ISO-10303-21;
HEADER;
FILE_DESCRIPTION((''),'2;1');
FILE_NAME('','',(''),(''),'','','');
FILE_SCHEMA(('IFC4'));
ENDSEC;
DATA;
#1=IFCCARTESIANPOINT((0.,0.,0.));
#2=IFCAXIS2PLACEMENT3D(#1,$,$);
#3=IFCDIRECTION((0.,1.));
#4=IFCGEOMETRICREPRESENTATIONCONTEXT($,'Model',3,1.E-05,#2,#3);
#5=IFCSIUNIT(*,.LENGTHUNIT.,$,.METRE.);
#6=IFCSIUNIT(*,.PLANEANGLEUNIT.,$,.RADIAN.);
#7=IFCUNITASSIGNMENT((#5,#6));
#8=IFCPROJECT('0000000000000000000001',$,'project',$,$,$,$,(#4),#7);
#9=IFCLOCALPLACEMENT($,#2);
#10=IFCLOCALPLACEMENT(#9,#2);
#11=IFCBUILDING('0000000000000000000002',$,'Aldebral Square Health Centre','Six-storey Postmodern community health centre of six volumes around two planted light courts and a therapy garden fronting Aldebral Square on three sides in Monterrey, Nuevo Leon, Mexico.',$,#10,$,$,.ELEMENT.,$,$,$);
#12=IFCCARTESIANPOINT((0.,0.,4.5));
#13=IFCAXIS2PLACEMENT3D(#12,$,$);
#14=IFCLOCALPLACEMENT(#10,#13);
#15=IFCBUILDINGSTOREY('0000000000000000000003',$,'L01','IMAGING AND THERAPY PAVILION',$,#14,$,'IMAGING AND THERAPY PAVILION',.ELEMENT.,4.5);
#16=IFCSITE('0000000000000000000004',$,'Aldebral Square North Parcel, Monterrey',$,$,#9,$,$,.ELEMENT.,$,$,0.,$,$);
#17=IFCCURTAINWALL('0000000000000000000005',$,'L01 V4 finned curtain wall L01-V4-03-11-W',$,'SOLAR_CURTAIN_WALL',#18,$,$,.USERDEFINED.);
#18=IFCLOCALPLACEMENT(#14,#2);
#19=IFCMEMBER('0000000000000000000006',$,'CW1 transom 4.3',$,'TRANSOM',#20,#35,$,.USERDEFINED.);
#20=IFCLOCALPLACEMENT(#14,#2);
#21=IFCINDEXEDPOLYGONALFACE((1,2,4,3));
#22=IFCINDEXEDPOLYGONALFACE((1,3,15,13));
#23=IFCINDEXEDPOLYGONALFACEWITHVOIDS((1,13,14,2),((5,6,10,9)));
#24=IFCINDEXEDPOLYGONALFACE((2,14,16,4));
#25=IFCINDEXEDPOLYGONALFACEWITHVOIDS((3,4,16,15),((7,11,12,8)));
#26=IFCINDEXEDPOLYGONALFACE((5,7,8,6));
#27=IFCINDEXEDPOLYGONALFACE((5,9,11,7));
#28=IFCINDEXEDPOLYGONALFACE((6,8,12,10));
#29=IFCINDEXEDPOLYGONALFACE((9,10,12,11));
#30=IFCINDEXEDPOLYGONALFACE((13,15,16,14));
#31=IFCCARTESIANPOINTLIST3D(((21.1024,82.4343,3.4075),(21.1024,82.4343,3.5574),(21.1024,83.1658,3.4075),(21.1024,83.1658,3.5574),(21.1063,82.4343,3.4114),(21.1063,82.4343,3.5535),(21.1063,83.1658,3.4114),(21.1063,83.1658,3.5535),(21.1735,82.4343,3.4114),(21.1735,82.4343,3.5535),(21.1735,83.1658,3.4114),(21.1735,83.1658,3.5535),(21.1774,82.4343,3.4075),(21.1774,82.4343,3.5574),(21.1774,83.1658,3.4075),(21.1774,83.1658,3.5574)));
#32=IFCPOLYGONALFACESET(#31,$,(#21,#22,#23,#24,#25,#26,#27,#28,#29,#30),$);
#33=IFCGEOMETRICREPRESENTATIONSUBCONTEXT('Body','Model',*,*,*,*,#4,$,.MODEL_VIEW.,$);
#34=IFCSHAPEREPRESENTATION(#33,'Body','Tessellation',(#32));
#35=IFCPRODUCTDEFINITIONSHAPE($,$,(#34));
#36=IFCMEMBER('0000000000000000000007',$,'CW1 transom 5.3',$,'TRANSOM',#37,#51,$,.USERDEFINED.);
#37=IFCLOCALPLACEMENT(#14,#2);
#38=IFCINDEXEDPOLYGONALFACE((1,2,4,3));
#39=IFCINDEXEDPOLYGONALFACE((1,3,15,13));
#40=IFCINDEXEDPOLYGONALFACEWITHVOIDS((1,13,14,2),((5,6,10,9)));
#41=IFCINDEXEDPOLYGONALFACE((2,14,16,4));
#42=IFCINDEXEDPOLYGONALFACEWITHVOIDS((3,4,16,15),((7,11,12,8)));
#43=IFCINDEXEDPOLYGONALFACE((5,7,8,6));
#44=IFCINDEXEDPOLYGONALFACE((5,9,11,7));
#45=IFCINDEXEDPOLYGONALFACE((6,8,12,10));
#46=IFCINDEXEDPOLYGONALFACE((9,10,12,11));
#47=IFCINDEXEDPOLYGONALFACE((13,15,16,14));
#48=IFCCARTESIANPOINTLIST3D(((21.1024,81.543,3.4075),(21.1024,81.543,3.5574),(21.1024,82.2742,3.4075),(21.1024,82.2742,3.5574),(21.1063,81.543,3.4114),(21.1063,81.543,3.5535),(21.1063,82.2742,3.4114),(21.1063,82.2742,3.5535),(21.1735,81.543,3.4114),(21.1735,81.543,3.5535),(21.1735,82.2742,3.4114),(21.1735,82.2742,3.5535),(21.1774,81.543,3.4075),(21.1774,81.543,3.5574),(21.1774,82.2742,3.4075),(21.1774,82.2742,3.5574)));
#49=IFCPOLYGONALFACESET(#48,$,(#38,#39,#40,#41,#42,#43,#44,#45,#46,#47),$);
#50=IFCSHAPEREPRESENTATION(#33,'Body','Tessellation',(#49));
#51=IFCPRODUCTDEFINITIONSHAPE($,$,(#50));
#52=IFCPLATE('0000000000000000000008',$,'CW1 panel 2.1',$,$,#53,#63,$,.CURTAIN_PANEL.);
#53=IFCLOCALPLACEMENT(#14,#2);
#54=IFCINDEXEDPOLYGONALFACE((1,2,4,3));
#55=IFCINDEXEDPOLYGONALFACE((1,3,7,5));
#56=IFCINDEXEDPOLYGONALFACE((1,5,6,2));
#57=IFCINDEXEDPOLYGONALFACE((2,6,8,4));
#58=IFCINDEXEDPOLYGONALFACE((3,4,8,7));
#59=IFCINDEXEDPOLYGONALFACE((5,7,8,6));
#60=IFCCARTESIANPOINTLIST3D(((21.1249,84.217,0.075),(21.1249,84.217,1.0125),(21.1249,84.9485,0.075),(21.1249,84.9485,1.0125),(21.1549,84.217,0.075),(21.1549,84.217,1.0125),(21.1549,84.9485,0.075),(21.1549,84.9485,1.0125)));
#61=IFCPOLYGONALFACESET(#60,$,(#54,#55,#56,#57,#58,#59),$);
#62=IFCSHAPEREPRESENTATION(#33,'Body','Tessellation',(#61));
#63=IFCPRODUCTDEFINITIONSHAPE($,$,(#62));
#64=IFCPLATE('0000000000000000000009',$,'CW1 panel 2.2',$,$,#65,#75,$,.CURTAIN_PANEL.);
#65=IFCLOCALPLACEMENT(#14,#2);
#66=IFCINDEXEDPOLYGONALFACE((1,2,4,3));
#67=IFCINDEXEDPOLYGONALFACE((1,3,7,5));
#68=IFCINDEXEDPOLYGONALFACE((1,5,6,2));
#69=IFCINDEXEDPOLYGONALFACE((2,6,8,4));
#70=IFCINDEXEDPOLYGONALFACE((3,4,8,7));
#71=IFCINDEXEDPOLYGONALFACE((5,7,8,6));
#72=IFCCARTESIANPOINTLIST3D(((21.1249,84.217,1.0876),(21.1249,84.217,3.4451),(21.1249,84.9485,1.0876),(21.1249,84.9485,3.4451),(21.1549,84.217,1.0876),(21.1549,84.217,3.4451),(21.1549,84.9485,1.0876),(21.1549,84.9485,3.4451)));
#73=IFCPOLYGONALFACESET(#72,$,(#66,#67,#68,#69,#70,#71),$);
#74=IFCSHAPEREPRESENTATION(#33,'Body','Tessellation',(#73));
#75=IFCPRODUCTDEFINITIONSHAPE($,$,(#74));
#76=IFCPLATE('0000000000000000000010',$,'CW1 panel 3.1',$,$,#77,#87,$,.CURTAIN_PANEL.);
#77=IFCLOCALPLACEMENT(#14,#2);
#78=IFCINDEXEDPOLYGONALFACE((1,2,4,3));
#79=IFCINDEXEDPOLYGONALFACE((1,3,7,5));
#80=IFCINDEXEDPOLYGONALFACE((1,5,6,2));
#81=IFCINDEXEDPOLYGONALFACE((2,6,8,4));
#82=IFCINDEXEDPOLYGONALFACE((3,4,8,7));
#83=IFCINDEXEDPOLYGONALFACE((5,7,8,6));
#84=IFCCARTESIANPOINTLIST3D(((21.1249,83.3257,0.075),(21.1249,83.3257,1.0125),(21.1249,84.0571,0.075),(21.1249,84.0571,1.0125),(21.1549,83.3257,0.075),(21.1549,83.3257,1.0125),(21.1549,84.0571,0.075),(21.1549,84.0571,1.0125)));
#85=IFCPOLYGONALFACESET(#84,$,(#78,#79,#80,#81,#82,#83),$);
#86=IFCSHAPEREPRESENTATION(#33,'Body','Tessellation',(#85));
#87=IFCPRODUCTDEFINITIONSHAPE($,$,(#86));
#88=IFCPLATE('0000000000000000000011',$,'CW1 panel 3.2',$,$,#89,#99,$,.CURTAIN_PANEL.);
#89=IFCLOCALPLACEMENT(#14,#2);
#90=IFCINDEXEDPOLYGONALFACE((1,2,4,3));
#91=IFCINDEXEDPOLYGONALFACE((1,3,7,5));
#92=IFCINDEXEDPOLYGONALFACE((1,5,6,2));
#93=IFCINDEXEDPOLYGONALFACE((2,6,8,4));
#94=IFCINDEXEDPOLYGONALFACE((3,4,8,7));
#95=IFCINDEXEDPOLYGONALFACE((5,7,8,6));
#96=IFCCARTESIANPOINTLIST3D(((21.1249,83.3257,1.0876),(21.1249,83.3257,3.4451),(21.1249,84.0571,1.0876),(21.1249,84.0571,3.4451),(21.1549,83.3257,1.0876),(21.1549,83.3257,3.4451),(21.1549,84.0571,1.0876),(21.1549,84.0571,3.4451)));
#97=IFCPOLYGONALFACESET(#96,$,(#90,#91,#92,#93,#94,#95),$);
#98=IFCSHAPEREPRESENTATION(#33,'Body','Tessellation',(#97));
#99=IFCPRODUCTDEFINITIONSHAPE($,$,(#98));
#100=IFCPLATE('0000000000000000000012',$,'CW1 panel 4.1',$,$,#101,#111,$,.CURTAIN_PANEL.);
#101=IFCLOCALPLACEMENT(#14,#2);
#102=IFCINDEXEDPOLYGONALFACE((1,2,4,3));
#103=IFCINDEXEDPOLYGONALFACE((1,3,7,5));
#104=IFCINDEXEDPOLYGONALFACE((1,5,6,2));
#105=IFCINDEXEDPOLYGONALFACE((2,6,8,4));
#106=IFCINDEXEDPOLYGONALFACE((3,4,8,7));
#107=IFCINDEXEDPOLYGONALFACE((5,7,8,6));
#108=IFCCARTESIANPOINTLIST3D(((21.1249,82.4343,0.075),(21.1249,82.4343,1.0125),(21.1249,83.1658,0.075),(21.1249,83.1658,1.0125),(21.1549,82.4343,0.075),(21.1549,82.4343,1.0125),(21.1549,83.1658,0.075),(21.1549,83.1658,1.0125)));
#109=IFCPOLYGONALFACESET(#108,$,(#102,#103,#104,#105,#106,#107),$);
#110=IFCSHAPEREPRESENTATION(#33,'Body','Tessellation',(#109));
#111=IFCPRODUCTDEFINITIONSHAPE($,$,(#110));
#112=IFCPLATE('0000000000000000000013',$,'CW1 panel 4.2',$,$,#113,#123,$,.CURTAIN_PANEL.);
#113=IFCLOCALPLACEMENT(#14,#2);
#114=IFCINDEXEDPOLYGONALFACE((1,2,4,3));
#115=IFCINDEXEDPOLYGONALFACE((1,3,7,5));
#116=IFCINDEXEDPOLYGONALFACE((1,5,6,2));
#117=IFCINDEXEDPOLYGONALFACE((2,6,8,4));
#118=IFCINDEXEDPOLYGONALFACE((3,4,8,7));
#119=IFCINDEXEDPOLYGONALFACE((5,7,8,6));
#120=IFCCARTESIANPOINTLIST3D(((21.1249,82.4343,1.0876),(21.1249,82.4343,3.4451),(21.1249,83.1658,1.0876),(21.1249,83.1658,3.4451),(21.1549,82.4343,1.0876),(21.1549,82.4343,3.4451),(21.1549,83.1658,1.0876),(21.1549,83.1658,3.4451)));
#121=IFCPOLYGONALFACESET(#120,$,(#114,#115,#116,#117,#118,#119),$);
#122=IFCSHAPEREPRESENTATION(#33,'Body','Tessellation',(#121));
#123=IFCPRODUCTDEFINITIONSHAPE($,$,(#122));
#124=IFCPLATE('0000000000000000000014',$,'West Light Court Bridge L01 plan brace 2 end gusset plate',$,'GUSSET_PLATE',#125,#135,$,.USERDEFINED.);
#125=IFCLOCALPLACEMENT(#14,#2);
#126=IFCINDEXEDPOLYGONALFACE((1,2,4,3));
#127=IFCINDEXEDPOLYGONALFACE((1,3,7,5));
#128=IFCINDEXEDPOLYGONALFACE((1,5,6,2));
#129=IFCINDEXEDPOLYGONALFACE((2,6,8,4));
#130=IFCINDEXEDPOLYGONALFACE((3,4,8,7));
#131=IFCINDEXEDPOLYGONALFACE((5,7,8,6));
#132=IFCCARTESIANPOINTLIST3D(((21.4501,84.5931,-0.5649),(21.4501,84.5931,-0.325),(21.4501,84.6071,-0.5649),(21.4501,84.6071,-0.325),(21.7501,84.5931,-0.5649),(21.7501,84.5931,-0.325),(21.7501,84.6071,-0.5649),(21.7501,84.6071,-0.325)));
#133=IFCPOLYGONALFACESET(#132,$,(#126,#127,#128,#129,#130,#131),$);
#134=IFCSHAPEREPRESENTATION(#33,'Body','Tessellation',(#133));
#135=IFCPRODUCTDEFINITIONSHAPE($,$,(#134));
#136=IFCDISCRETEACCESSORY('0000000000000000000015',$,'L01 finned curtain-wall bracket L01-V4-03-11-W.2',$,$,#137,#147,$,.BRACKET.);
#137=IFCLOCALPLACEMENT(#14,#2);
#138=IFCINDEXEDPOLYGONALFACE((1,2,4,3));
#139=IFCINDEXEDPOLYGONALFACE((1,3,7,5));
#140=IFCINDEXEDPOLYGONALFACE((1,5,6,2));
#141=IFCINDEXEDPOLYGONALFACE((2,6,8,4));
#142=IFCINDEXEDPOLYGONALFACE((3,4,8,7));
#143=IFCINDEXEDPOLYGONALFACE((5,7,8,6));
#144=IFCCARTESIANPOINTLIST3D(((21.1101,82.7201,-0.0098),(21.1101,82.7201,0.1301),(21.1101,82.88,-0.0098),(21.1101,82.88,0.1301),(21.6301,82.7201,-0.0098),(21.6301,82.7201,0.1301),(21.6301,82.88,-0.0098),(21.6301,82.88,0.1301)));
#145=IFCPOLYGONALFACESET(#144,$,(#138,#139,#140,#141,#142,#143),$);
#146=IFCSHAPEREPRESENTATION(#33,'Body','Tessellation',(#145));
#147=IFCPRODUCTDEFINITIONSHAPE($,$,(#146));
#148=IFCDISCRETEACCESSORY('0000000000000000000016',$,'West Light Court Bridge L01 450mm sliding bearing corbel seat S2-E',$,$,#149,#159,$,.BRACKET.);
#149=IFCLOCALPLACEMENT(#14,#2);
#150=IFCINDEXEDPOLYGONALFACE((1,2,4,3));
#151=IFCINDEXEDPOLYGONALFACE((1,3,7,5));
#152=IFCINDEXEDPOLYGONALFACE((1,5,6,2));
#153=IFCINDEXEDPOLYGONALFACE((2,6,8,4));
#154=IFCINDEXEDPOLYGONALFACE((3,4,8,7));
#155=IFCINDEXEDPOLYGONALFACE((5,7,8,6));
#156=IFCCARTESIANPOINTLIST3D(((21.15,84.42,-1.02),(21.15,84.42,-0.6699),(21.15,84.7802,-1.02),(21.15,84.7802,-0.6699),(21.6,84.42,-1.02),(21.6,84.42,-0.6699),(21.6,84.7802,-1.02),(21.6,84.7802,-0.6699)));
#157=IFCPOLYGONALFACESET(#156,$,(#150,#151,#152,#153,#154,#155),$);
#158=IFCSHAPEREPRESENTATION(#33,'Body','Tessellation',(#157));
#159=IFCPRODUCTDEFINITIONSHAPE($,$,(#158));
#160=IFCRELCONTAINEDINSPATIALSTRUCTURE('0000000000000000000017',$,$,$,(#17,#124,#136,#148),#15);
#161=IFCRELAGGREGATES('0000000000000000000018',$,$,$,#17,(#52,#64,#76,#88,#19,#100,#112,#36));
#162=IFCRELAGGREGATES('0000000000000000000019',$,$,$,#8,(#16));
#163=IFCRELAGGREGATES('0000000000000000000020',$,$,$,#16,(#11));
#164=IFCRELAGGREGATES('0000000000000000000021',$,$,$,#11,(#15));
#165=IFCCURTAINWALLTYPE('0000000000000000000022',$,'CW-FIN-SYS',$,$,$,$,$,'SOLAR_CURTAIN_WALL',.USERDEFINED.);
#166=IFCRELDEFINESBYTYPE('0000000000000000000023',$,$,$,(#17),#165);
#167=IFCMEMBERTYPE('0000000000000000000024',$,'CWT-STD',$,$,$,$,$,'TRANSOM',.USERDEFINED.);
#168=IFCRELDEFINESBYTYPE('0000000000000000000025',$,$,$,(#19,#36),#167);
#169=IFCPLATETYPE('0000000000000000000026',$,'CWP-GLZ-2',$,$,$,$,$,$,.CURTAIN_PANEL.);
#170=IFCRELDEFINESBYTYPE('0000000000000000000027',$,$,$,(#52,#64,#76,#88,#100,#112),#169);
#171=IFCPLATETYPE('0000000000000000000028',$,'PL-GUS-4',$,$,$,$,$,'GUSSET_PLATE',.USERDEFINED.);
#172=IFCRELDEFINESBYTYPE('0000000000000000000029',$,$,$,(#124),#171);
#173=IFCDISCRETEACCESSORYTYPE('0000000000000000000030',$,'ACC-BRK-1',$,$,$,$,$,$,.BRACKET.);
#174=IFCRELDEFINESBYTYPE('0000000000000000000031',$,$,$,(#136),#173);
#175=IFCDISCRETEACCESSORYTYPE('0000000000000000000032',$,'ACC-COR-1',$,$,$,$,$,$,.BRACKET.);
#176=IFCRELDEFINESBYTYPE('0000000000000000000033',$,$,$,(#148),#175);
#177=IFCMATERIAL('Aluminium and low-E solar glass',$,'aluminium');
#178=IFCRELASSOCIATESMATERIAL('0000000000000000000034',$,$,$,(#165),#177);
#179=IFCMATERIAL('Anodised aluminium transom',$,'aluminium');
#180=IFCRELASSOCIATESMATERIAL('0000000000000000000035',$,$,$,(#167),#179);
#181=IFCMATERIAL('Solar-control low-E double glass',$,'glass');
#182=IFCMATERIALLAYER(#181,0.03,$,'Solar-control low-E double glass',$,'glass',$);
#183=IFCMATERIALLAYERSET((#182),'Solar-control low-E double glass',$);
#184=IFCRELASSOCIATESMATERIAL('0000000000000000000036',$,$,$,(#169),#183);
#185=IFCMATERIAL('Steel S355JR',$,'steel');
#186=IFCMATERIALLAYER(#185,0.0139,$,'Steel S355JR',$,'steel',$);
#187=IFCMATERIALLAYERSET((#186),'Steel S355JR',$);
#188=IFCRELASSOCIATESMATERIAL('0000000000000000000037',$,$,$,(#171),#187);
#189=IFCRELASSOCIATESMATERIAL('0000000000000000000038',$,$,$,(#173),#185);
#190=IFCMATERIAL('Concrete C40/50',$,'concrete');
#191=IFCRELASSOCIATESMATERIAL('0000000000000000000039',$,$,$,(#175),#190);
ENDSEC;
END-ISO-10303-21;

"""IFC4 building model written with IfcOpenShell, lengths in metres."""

from ifc_helpers import new_model, si_unit, direction, frame, origin, origin_2d, place, context, subcontext, project, spatial, rectangle, hollow_rectangle, extrude, material, layer, layer_set, material_profile, profile_set, type_object, element, aggregate, save


model = new_model("IFC4")

# Units and contexts
model_context = context("Model", 3, precision=1e-05, world=origin(), true_north=direction((0.0, 1.0)))
body_context = subcontext(model_context, "Body", "Model", "MODEL_VIEW")
ifc_project = project(units=[si_unit("LENGTHUNIT", "METRE"), si_unit("PLANEANGLEUNIT", "RADIAN")], contexts=[model_context])

# Site, building, storey
site_placement = place(None, origin())
site = spatial("IfcSite", under=ifc_project, at=site_placement, Name="Aldebral Square North Parcel, Monterrey", CompositionType="ELEMENT", RefElevation=0.0)
building_placement = place(site_placement, origin())
building = spatial("IfcBuilding", under=site, at=building_placement, Name="Aldebral Square Health Centre", Description="Six-storey Postmodern community health centre of six volumes around two planted light courts and a therapy garden fronting Aldebral Square on three sides in Monterrey, Nuevo Leon, Mexico.", CompositionType="ELEMENT")
storey_placement = place(building_placement, frame((0.0, 0.0, 4.5)))
storey = spatial("IfcBuildingStorey", under=building, at=storey_placement, Name="L01", Description="IMAGING AND THERAPY PAVILION", LongName="IMAGING AND THERAPY PAVILION", CompositionType="ELEMENT", Elevation=4.5)

# Curtain wall, members, plates
ifc_material_1 = material(Name="Aluminium and low-E solar glass", Category="aluminium")
curtain_wall_type = type_object("IfcCurtainWallType", Name="CW-FIN-SYS", ElementType="SOLAR_CURTAIN_WALL", PredefinedType="USERDEFINED", material=ifc_material_1)
curtain_wall_placement = place(storey_placement, origin())
curtain_wall = element("IfcCurtainWall", 1, at=curtain_wall_placement, inside=storey, type_object=curtain_wall_type, Name="L01 V4 finned curtain wall L01-V4-03-11-W", ObjectType="SOLAR_CURTAIN_WALL", PredefinedType="USERDEFINED")
ifc_material_2 = material(Name="Anodised aluminium transom", Category="aluminium")
ifc_material_profile_1 = material_profile(ifc_material_2, hollow_rectangle(XDim=0.075, YDim=0.1499, WallThickness=0.0039, at=origin_2d()), Name="CWT 75x150x4")
ifc_profile_set_1 = profile_set([ifc_material_profile_1], Name="Anodised aluminium transom")
member_type_1 = type_object("IfcMemberType", Name="CWT-STD", ElementType="TRANSOM", PredefinedType="USERDEFINED", material=ifc_profile_set_1)
member_1_placement = place(storey_placement, frame((21.1399, 83.1658, 3.4824), z_axis=(0.0, -1.0, 0.0), x_axis=(1.0, 0.0, 0.0)))
member_1 = element("IfcMember", 2, at=member_1_placement, type_object=member_type_1, Name="CW1 transom 4.3", ObjectType="TRANSOM", PredefinedType="USERDEFINED", context=body_context, shape_type="SweptSolid", body=[
    extrude(hollow_rectangle(XDim=0.075, YDim=0.1499, WallThickness=0.0039, at=origin_2d()), origin(), (0.0, 0.0, 1.0), 0.7314),
])
member_2_placement = place(storey_placement, frame((21.1399, 82.2742, 3.4824), z_axis=(0.0, -1.0, 0.0), x_axis=(1.0, 0.0, 0.0)))
member_2 = element("IfcMember", 3, at=member_2_placement, type_object=member_type_1, Name="CW1 transom 5.3", ObjectType="TRANSOM", PredefinedType="USERDEFINED", context=body_context, shape_type="SweptSolid", body=[
    extrude(hollow_rectangle(XDim=0.075, YDim=0.1499, WallThickness=0.0039, at=origin_2d()), origin(), (0.0, 0.0, 1.0), 0.7312),
])
ifc_material_3 = material(Name="Solar-control low-E double glass", Category="glass")
ifc_layer_1 = layer(ifc_material_3, 0.03, Name="Solar-control low-E double glass", Category="glass")
ifc_layer_set_1 = layer_set([ifc_layer_1], Name="Solar-control low-E double glass")
plate_type_1 = type_object("IfcPlateType", Name="CWP-GLZ-2", PredefinedType="CURTAIN_PANEL", material=ifc_layer_set_1)
plate_1_placement = place(storey_placement, frame((21.1399, 84.5828, 0.075), z_axis=(0.0, 0.0, 1.0), x_axis=(0.0, -1.0, 0.0)))
plate_1 = element("IfcPlate", 4, at=plate_1_placement, type_object=plate_type_1, Name="CW1 panel 2.1", PredefinedType="CURTAIN_PANEL", context=body_context, shape_type="SweptSolid", body=[
    extrude(rectangle(XDim=0.7314, YDim=0.03, at=origin_2d()), origin(), (0.0, 0.0, 1.0), 0.9375),
])
plate_2_placement = place(storey_placement, frame((21.1399, 84.5828, 1.0876), z_axis=(0.0, 0.0, 1.0), x_axis=(0.0, -1.0, 0.0)))
plate_2 = element("IfcPlate", 5, at=plate_2_placement, type_object=plate_type_1, Name="CW1 panel 2.2", PredefinedType="CURTAIN_PANEL", context=body_context, shape_type="SweptSolid", body=[
    extrude(rectangle(XDim=0.7314, YDim=0.03, at=origin_2d()), origin(), (0.0, 0.0, 1.0), 2.3574),
])
plate_3_placement = place(storey_placement, frame((21.1399, 83.6914, 0.075), z_axis=(0.0, 0.0, 1.0), x_axis=(0.0, -1.0, 0.0)))
plate_3 = element("IfcPlate", 6, at=plate_3_placement, type_object=plate_type_1, Name="CW1 panel 3.1", PredefinedType="CURTAIN_PANEL", context=body_context, shape_type="SweptSolid", body=[
    extrude(rectangle(XDim=0.7314, YDim=0.03, at=origin_2d()), origin(), (0.0, 0.0, 1.0), 0.9375),
])
plate_4_placement = place(storey_placement, frame((21.1399, 83.6914, 1.0876), z_axis=(0.0, 0.0, 1.0), x_axis=(0.0, -1.0, 0.0)))
plate_4 = element("IfcPlate", 7, at=plate_4_placement, type_object=plate_type_1, Name="CW1 panel 3.2", PredefinedType="CURTAIN_PANEL", context=body_context, shape_type="SweptSolid", body=[
    extrude(rectangle(XDim=0.7314, YDim=0.03, at=origin_2d()), origin(), (0.0, 0.0, 1.0), 2.3574),
])
plate_5_placement = place(storey_placement, frame((21.1399, 82.8, 0.075), z_axis=(0.0, 0.0, 1.0), x_axis=(0.0, -1.0, 0.0)))
plate_5 = element("IfcPlate", 8, at=plate_5_placement, type_object=plate_type_1, Name="CW1 panel 4.1", PredefinedType="CURTAIN_PANEL", context=body_context, shape_type="SweptSolid", body=[
    extrude(rectangle(XDim=0.7314, YDim=0.03, at=origin_2d()), origin(), (0.0, 0.0, 1.0), 0.9375),
])
plate_6_placement = place(storey_placement, frame((21.1399, 82.8, 1.0876), z_axis=(0.0, 0.0, 1.0), x_axis=(0.0, -1.0, 0.0)))
plate_6 = element("IfcPlate", 9, at=plate_6_placement, type_object=plate_type_1, Name="CW1 panel 4.2", PredefinedType="CURTAIN_PANEL", context=body_context, shape_type="SweptSolid", body=[
    extrude(rectangle(XDim=0.7314, YDim=0.03, at=origin_2d()), origin(), (0.0, 0.0, 1.0), 2.3574),
])
aggregate(curtain_wall, [plate_1, plate_2, plate_3, plate_4, member_1, plate_5, plate_6, member_2])

# Plate
ifc_material_4 = material(Name="Steel S355JR", Category="steel")
ifc_layer_2 = layer(ifc_material_4, 0.0139, Name="Steel S355JR", Category="steel")
ifc_layer_set_2 = layer_set([ifc_layer_2], Name="Steel S355JR")
plate_type_2 = type_object("IfcPlateType", Name="PL-GUS-4", ElementType="GUSSET_PLATE", PredefinedType="USERDEFINED", material=ifc_layer_set_2)
plate_7_placement = place(storey_placement, frame((21.6001, 84.6001, -0.5649), z_axis=(0.0, 0.0, 1.0), x_axis=(1.0, 0.0, 0.0)))
element("IfcPlate", 10, at=plate_7_placement, inside=storey, type_object=plate_type_2, Name="West Light Court Bridge L01 plan brace 2 end gusset plate", ObjectType="GUSSET_PLATE", PredefinedType="USERDEFINED", context=body_context, shape_type="SweptSolid", body=[
    extrude(rectangle(XDim=0.3, YDim=0.0139, at=origin_2d()), origin(), (0.0, 0.0, 1.0), 0.24),
])

# Discrete accessories
discrete_accessory_type_1 = type_object("IfcDiscreteAccessoryType", Name="ACC-BRK-1", PredefinedType="BRACKET", material=ifc_material_4)
discrete_accessory_1_placement = place(storey_placement, frame((21.3701, 82.8, -0.0098), z_axis=(0.0, 0.0, 1.0), x_axis=(0.0, 1.0, 0.0)))
element("IfcDiscreteAccessory", 11, at=discrete_accessory_1_placement, inside=storey, type_object=discrete_accessory_type_1, Name="L01 finned curtain-wall bracket L01-V4-03-11-W.2", PredefinedType="BRACKET", context=body_context, shape_type="SweptSolid", body=[
    extrude(rectangle(XDim=0.1599, YDim=0.52, at=origin_2d()), origin(), (0.0, 0.0, 1.0), 0.1399),
])
ifc_material_5 = material(Name="Concrete C40/50", Category="concrete")
discrete_accessory_type_2 = type_object("IfcDiscreteAccessoryType", Name="ACC-COR-1", PredefinedType="BRACKET", material=ifc_material_5)
discrete_accessory_2_placement = place(storey_placement, frame((21.375, 84.6001, -1.02), z_axis=(0.0, 0.0, 1.0), x_axis=(1.0, 0.0, 0.0)))
element("IfcDiscreteAccessory", 12, at=discrete_accessory_2_placement, inside=storey, type_object=discrete_accessory_type_2, Name="West Light Court Bridge L01 450mm sliding bearing corbel seat S2-E", PredefinedType="BRACKET", context=body_context, shape_type="SweptSolid", body=[
    extrude(rectangle(XDim=0.45, YDim=0.3601, at=origin_2d()), origin(), (0.0, 0.0, 1.0), 0.3501),
])

save(model, "model.ifc")
